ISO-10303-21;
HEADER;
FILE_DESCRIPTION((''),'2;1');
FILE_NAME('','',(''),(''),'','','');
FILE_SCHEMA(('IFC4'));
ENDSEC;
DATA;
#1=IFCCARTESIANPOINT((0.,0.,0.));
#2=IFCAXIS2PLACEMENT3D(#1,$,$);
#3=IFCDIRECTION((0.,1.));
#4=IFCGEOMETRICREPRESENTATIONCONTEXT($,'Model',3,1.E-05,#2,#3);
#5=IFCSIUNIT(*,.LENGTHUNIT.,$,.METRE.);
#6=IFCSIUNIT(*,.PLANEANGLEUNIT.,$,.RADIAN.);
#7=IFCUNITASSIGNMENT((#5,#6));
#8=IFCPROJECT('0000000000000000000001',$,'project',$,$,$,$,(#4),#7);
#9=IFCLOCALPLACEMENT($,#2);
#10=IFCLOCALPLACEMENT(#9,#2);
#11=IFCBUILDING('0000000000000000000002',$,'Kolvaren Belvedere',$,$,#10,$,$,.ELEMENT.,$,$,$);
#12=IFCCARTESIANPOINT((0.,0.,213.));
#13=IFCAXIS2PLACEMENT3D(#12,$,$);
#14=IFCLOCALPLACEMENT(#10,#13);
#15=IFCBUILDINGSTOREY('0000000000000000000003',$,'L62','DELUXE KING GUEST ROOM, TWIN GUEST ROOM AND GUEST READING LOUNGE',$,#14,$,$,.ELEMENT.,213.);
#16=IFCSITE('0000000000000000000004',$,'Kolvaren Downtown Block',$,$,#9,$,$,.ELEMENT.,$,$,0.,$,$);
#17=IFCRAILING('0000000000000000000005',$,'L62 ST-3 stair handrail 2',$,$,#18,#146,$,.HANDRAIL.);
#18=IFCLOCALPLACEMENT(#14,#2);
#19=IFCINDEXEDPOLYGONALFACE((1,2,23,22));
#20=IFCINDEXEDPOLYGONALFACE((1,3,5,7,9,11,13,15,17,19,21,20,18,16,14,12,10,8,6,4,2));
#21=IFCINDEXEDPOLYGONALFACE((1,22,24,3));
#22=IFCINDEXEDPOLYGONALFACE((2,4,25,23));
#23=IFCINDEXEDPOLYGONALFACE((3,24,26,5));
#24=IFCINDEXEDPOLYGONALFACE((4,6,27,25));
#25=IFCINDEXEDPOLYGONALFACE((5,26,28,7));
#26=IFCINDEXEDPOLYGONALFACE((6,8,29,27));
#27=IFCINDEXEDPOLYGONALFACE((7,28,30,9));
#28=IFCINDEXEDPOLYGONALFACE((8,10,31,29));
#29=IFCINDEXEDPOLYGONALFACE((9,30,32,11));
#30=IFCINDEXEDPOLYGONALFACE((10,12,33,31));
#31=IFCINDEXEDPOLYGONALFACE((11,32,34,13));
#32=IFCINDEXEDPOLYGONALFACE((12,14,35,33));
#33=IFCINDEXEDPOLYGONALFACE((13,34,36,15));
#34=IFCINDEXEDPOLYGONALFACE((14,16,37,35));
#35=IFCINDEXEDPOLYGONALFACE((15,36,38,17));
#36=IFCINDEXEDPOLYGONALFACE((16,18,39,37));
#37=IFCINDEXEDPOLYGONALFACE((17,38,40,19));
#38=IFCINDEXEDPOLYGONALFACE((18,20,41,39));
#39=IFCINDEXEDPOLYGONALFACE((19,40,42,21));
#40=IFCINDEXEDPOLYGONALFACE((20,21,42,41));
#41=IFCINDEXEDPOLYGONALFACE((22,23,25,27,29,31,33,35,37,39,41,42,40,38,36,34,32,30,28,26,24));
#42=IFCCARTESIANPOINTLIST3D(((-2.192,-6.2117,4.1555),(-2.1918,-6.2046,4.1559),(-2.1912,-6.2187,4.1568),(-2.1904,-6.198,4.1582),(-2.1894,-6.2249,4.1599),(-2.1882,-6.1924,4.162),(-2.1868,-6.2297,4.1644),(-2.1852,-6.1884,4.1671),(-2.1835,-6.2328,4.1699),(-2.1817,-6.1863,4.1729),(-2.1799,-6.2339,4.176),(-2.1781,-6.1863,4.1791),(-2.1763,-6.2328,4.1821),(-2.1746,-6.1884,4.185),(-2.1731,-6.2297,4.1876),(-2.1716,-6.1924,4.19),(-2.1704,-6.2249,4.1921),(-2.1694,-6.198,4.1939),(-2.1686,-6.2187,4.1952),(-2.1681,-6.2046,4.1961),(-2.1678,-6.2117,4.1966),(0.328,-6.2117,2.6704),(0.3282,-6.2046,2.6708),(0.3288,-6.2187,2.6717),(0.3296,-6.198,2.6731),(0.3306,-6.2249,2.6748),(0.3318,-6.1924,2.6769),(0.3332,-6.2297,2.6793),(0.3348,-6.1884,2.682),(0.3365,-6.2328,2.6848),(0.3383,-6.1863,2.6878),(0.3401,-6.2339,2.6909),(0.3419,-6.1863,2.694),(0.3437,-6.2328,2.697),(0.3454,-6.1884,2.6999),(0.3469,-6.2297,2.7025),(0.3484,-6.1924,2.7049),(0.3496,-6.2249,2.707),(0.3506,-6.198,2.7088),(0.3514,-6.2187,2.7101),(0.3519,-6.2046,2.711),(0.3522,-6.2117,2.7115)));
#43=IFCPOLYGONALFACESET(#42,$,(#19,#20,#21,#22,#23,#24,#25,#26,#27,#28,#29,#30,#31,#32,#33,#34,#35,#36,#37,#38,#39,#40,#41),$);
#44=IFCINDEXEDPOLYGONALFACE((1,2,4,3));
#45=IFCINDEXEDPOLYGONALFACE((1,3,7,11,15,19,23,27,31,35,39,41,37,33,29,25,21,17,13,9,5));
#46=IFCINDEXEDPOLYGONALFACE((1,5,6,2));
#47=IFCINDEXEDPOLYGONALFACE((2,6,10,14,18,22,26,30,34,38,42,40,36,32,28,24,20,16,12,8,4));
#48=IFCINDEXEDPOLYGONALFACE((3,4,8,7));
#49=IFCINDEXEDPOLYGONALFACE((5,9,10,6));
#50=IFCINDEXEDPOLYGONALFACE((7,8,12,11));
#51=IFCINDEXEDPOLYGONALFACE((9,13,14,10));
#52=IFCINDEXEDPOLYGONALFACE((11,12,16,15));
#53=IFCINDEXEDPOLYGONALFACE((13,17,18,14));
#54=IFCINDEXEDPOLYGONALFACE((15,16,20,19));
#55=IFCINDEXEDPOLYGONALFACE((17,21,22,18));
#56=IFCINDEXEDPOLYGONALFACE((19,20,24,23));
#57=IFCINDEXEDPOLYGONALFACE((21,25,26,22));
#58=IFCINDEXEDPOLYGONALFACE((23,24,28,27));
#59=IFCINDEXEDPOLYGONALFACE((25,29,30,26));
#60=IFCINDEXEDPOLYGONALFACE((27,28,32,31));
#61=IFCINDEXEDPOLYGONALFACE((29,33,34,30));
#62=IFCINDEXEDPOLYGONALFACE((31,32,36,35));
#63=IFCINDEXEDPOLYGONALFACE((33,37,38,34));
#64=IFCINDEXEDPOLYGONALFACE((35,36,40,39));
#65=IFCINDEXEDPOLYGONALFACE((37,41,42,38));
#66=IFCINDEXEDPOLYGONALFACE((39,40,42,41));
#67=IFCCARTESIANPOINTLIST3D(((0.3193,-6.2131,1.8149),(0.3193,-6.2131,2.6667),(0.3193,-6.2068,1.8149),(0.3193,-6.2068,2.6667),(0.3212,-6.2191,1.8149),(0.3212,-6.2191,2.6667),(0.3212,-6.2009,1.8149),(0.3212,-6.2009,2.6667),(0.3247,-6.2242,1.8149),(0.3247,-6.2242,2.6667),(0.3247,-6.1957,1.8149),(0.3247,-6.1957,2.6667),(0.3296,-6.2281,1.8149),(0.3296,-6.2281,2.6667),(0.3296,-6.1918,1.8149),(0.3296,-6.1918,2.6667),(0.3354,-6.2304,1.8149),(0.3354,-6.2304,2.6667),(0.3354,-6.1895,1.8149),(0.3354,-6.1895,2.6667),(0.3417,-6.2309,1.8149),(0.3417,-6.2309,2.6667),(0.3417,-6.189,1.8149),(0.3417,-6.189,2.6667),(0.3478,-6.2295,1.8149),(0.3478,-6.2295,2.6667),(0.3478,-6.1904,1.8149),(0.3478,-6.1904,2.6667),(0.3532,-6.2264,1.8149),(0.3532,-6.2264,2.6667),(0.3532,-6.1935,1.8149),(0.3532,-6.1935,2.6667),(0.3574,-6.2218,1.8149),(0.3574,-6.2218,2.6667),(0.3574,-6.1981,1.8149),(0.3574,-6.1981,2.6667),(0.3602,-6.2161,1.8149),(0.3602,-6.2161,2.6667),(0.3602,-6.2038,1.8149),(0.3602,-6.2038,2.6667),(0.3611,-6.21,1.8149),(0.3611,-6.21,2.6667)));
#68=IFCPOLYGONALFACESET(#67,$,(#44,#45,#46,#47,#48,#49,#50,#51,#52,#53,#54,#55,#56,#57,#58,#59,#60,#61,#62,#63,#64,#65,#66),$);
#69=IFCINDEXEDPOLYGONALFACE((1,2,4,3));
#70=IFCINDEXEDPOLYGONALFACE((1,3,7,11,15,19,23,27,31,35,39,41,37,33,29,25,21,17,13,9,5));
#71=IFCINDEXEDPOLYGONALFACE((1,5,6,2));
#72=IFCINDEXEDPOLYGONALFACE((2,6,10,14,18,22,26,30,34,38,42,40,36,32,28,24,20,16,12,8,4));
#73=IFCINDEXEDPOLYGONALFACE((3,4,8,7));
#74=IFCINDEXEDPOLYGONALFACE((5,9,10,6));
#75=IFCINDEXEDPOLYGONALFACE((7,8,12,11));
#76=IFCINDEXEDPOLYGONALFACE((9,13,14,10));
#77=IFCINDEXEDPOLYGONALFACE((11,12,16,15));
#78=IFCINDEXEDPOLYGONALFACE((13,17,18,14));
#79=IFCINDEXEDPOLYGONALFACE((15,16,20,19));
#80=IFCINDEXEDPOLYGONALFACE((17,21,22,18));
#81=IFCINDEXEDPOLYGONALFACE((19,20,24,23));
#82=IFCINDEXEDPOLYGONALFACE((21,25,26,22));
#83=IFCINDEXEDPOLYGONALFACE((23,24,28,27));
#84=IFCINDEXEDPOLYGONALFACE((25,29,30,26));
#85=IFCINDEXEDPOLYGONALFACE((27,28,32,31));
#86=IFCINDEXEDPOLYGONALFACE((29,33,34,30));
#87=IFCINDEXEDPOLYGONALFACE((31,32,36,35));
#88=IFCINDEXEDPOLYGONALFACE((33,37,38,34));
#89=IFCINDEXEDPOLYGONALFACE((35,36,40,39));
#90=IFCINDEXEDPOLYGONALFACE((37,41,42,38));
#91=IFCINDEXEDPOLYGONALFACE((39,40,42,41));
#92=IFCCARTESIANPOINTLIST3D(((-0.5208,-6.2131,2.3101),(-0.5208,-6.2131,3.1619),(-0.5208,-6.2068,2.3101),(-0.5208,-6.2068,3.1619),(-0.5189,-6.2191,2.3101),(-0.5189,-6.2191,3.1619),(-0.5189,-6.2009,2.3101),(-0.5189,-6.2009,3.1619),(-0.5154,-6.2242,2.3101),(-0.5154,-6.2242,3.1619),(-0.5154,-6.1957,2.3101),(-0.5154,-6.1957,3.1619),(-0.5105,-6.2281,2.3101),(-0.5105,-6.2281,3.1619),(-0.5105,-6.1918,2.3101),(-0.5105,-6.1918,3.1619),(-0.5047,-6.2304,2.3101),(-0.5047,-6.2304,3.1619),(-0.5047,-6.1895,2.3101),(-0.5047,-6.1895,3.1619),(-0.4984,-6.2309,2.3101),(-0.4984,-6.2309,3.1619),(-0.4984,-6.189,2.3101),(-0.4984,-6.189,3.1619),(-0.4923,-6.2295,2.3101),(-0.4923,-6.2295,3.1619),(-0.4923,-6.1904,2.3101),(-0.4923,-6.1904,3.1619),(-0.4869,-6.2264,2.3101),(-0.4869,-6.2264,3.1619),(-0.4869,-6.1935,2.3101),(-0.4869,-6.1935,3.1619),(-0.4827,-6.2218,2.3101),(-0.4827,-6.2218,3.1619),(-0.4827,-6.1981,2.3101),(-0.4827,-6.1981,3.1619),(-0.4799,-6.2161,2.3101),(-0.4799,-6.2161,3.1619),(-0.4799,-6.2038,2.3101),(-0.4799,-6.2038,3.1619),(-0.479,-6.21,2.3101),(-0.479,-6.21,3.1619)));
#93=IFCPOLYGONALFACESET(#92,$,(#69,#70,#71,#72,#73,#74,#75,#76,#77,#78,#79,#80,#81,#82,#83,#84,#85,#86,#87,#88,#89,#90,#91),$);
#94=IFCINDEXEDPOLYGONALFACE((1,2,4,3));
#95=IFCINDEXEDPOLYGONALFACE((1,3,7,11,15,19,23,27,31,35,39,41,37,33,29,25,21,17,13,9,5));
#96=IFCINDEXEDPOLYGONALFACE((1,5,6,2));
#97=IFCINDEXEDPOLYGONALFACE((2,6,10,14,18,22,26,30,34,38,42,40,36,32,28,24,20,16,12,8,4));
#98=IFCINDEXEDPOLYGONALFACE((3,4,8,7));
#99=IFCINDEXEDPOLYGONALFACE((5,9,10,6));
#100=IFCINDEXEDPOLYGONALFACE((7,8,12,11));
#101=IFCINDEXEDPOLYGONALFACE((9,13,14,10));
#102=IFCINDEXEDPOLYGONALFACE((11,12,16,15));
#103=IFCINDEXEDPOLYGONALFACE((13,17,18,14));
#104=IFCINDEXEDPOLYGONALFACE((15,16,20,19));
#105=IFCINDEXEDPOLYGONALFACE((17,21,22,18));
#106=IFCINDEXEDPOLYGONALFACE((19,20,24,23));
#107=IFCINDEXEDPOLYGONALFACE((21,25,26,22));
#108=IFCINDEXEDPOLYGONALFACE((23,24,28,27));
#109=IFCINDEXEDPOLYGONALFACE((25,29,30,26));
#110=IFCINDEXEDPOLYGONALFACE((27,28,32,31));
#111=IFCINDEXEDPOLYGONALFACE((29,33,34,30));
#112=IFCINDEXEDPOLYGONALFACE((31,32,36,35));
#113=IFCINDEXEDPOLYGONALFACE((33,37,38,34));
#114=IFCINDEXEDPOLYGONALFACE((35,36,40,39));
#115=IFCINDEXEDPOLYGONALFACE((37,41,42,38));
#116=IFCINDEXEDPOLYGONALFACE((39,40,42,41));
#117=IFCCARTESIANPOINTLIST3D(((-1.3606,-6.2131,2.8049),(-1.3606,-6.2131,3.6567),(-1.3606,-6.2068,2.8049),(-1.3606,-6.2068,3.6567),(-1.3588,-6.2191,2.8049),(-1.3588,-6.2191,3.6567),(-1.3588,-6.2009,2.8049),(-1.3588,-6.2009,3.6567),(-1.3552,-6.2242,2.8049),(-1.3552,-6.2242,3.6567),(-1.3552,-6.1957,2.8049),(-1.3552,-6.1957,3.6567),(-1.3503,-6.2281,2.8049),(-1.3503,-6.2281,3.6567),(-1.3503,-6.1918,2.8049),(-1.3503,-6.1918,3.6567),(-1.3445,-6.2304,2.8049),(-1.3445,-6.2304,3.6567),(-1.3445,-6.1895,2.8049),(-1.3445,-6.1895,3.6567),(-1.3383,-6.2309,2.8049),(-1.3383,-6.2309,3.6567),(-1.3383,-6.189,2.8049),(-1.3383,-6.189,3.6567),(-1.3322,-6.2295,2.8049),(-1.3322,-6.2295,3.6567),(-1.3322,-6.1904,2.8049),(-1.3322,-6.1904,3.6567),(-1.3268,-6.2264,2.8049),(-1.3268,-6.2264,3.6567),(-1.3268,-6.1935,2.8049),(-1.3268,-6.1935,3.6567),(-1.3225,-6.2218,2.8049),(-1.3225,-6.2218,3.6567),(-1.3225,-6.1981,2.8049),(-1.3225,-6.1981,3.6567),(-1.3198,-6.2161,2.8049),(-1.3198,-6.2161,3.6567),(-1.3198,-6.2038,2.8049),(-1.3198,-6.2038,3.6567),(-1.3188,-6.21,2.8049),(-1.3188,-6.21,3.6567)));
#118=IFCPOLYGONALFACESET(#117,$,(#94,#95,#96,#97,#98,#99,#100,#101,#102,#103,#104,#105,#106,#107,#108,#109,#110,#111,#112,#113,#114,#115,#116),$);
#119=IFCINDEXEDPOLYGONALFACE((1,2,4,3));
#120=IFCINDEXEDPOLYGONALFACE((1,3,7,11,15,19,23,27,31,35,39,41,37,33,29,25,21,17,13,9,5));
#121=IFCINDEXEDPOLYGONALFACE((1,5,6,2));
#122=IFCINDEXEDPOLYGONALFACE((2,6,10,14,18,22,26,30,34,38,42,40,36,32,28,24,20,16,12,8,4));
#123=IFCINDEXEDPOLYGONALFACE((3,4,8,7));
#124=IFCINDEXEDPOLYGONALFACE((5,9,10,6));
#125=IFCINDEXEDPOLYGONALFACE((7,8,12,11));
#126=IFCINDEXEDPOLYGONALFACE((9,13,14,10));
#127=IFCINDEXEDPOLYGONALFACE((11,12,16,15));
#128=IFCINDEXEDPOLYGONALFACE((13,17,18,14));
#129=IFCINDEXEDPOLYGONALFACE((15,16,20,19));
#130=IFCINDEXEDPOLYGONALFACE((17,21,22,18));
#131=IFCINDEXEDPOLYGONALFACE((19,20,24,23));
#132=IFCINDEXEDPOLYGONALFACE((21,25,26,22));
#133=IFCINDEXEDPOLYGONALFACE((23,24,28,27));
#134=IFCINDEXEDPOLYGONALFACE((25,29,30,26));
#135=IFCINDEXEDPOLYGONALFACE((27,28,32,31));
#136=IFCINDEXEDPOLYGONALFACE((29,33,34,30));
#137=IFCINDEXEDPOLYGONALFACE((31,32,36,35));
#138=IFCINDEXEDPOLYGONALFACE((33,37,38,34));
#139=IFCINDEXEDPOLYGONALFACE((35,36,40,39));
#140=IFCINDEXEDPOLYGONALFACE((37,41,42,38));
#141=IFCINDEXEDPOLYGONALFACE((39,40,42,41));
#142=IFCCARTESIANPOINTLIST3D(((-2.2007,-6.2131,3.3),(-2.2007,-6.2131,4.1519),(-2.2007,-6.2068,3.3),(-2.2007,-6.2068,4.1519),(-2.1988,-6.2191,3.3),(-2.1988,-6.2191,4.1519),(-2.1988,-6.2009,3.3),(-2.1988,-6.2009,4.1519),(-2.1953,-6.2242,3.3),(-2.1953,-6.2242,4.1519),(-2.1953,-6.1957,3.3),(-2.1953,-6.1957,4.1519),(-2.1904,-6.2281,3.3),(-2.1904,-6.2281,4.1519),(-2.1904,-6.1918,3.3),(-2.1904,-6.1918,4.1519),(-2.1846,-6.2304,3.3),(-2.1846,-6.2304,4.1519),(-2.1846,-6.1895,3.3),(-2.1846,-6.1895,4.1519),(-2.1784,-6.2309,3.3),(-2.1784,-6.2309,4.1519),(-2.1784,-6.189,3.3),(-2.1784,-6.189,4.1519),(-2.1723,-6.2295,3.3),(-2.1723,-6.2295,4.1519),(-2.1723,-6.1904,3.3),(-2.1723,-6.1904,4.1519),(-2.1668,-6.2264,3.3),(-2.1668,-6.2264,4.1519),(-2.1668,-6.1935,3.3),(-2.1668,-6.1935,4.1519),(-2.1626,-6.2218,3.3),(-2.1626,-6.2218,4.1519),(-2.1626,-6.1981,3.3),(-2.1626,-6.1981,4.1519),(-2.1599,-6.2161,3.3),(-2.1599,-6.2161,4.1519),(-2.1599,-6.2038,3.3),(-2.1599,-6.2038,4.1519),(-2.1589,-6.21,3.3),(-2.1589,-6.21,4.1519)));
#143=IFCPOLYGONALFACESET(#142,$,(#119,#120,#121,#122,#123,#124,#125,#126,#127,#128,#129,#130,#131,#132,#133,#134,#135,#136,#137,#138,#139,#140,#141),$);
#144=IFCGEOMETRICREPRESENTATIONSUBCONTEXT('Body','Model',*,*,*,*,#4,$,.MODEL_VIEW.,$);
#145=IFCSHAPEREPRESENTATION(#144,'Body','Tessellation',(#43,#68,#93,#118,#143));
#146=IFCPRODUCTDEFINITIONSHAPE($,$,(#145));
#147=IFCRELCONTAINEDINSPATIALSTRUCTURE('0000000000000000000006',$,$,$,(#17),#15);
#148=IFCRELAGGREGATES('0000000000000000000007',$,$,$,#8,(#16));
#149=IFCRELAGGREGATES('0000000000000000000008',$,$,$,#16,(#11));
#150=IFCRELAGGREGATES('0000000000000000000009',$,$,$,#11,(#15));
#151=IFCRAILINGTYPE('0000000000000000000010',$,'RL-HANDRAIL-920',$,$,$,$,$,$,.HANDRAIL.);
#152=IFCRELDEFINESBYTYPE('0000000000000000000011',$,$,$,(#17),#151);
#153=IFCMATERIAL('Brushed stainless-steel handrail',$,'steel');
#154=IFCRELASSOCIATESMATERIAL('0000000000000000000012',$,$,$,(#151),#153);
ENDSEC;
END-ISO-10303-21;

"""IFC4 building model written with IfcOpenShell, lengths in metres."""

from ifc_helpers import new_model, si_unit, direction, frame, origin, origin_2d, place, context, subcontext, project, spatial, circle, extrude, material, type_object, element, save


model = new_model("IFC4")

# Units and contexts
model_context = context("Model", 3, precision=1e-05, world=origin(), true_north=direction((0.0, 1.0)))
body_context = subcontext(model_context, "Body", "Model", "MODEL_VIEW")
ifc_project = project(units=[si_unit("LENGTHUNIT", "METRE"), si_unit("PLANEANGLEUNIT", "RADIAN")], contexts=[model_context])

# Site, building, storey
site_placement = place(None, origin())
site = spatial("IfcSite", under=ifc_project, at=site_placement, Name="Kolvaren Downtown Block", CompositionType="ELEMENT", RefElevation=0.0)
building_placement = place(site_placement, origin())
building = spatial("IfcBuilding", under=site, at=building_placement, Name="Kolvaren Belvedere", CompositionType="ELEMENT")
storey_placement = place(building_placement, frame((0.0, 0.0, 213.0)))
storey = spatial("IfcBuildingStorey", under=building, at=storey_placement, Name="L62", Description="DELUXE KING GUEST ROOM, TWIN GUEST ROOM AND GUEST READING LOUNGE", CompositionType="ELEMENT", Elevation=213.0)

# Railing
ifc_material_1 = material(Name="Brushed stainless-steel handrail", Category="steel")
railing_type = type_object("IfcRailingType", Name="RL-HANDRAIL-920", PredefinedType="HANDRAIL", material=ifc_material_1)
railing_placement = place(storey_placement, frame((0.3401, -6.21, 1.8149)))
element("IfcRailing", 1, at=railing_placement, inside=storey, type_object=railing_type, Name="L62 ST-3 stair handrail 2", PredefinedType="HANDRAIL", context=body_context, shape_type="SweptSolid", body=[
    extrude(circle(Radius=0.0239, at=origin_2d()), frame((0.0, 0.0, 0.876), z_axis=(-0.861524, 0.0, 0.507717), x_axis=(0.0, -1.0, 0.0)), (0.0, 0.0, 1.0), 2.925),
    extrude(circle(Radius=0.021, at=origin_2d()), origin(), (0.0, 0.0, 1.0), 0.8518),
    extrude(circle(Radius=0.021, at=origin_2d()), frame((-0.8401, 0.0, 0.4951)), (0.0, 0.0, 1.0), 0.8518),
    extrude(circle(Radius=0.021, at=origin_2d()), frame((-1.6799, 0.0, 0.99)), (0.0, 0.0, 1.0), 0.8518),
    extrude(circle(Radius=0.021, at=origin_2d()), frame((-2.52, 0.0, 1.4851)), (0.0, 0.0, 1.0), 0.8518),
])

save(model, "model.ifc")
